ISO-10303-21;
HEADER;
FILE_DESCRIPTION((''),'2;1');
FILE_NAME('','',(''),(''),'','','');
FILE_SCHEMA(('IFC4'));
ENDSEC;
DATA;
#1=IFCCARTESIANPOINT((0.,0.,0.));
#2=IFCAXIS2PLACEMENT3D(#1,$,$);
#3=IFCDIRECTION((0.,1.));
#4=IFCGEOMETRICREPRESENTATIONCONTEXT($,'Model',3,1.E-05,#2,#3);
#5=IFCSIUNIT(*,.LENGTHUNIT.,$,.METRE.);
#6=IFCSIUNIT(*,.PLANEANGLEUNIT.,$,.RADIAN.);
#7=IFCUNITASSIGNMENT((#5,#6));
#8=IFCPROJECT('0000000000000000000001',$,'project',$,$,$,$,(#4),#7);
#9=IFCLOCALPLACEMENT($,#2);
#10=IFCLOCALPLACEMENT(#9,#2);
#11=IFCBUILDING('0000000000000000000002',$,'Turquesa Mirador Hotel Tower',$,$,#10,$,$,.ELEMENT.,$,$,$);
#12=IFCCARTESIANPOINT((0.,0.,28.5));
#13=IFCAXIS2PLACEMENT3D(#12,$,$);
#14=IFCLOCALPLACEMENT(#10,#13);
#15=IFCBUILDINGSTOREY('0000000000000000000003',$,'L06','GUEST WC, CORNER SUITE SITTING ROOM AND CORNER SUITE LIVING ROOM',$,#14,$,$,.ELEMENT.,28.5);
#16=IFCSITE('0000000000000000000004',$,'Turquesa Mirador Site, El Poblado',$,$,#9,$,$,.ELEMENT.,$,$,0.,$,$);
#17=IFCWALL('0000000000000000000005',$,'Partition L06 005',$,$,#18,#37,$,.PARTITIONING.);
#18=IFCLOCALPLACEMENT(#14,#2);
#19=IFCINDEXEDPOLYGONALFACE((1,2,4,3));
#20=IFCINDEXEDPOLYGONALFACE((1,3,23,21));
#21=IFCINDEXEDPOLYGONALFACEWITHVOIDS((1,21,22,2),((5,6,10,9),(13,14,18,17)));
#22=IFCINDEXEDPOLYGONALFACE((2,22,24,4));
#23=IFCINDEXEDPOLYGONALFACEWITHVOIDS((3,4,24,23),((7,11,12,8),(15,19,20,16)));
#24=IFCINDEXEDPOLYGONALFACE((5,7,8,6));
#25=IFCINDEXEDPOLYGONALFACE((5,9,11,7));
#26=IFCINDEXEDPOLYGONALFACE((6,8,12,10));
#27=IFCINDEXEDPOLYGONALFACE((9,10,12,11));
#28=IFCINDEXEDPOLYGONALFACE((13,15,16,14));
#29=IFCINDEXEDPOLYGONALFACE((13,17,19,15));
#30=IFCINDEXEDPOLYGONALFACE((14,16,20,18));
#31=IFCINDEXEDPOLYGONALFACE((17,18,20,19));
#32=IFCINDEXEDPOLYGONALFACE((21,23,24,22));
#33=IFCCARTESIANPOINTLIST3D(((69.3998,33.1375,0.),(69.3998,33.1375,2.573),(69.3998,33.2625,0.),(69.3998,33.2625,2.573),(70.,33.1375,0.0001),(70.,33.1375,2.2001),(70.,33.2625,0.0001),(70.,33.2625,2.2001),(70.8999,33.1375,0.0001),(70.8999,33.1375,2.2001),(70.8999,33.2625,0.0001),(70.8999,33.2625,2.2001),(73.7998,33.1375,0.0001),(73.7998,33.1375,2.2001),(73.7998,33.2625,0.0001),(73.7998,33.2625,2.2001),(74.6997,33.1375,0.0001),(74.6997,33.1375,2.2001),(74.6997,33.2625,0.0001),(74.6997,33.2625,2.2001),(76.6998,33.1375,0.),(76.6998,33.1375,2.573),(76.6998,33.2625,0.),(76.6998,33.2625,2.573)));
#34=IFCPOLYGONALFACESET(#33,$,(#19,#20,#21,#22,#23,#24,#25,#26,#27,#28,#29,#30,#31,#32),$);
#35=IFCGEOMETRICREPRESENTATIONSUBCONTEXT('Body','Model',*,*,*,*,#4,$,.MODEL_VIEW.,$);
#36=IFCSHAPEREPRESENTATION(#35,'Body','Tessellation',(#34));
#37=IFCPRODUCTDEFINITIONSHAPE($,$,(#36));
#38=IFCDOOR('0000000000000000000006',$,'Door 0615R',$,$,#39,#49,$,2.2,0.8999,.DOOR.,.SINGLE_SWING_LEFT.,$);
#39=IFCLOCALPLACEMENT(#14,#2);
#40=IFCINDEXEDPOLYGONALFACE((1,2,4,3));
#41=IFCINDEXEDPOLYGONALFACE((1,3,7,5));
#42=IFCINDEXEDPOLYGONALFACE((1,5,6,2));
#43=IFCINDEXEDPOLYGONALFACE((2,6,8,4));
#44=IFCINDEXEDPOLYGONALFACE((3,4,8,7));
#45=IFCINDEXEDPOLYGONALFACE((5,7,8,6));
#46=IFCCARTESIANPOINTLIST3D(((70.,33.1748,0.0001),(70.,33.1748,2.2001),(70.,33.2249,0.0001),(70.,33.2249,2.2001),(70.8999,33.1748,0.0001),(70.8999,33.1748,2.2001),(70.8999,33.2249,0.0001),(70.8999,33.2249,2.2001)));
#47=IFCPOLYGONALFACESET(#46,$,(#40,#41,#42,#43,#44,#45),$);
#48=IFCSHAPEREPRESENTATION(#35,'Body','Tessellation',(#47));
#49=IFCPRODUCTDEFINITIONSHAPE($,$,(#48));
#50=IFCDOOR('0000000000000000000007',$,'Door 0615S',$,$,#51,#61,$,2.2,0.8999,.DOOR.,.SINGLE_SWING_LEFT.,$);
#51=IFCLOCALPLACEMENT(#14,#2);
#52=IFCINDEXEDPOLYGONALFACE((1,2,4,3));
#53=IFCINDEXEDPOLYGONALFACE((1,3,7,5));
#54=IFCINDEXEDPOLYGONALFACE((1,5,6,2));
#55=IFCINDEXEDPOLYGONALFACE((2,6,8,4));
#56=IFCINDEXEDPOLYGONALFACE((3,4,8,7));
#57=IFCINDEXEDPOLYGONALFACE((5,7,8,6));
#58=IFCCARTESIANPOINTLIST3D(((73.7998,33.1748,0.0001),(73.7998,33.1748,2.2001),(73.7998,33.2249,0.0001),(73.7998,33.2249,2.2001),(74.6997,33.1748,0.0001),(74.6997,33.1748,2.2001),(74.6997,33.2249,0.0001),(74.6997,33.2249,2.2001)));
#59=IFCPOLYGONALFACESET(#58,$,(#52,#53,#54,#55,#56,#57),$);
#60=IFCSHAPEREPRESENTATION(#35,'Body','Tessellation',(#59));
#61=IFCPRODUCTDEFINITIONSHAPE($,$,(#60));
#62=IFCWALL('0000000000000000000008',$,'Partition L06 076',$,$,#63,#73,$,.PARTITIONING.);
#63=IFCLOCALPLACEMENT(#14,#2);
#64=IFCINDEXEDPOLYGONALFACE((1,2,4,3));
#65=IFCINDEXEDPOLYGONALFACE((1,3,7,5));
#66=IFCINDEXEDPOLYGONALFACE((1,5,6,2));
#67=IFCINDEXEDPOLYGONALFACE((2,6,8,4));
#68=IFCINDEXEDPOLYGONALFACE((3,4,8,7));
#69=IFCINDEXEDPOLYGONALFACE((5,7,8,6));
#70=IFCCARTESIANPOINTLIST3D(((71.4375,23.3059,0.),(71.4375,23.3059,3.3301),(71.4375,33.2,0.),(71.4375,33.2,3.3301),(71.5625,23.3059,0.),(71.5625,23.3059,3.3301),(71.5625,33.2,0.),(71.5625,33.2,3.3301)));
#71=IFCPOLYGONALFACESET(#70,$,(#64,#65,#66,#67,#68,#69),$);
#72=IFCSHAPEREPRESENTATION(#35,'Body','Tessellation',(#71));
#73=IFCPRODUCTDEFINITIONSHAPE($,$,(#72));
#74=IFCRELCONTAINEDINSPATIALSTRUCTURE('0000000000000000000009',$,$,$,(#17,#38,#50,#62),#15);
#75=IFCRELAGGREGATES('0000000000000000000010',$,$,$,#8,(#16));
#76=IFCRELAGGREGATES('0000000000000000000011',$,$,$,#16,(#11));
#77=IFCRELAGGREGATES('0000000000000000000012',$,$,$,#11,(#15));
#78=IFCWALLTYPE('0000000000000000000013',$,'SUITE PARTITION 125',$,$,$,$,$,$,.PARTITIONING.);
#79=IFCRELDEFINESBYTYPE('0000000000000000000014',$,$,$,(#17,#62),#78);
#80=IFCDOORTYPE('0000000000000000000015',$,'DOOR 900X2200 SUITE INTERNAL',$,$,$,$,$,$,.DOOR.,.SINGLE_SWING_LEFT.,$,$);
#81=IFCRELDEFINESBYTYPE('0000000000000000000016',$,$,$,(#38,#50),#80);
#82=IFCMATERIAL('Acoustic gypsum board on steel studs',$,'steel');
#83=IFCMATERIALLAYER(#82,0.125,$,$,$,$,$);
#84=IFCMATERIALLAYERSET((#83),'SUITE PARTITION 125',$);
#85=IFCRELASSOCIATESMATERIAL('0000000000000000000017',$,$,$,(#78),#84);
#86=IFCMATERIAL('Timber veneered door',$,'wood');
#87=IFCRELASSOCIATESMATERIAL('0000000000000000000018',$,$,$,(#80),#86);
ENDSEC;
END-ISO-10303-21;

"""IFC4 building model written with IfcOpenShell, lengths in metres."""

from ifc_helpers import new_model, si_unit, direction, frame, frame_2d, origin, place, context, subcontext, project, spatial, rectangle, extrude, material, layer, layer_set, type_object, element, fill, save


model = new_model("IFC4")

# Units and contexts
model_context = context("Model", 3, precision=1e-05, world=origin(), true_north=direction((0.0, 1.0)))
body_context = subcontext(model_context, "Body", "Model", "MODEL_VIEW")
ifc_project = project(units=[si_unit("LENGTHUNIT", "METRE"), si_unit("PLANEANGLEUNIT", "RADIAN")], contexts=[model_context])

# Site, building, storey
site_placement = place(None, origin())
site = spatial("IfcSite", under=ifc_project, at=site_placement, Name="Turquesa Mirador Site, El Poblado", CompositionType="ELEMENT", RefElevation=0.0)
building_placement = place(site_placement, origin())
building = spatial("IfcBuilding", under=site, at=building_placement, Name="Turquesa Mirador Hotel Tower", CompositionType="ELEMENT")
storey_placement = place(building_placement, frame((0.0, 0.0, 28.5)))
storey = spatial("IfcBuildingStorey", under=building, at=storey_placement, Name="L06", Description="GUEST WC, CORNER SUITE SITTING ROOM AND CORNER SUITE LIVING ROOM", CompositionType="ELEMENT", Elevation=28.5)

# Wall, openings, doors
ifc_material_1 = material(Name="Acoustic gypsum board on steel studs", Category="steel")
ifc_layer_1 = layer(ifc_material_1, 0.125)
ifc_layer_set_1 = layer_set([ifc_layer_1], Name="SUITE PARTITION 125")
wall_type_1 = type_object("IfcWallType", Name="SUITE PARTITION 125", PredefinedType="PARTITIONING", material=ifc_layer_set_1)
wall_1_placement = place(storey_placement, frame((69.3999, 33.2, 0.0), z_axis=(0.0, 0.0, 1.0), x_axis=(1.0, 0.0, 0.0)))
wall_1 = element("IfcWall", 1, at=wall_1_placement, inside=storey, type_object=wall_type_1, Name="Partition L06 005", PredefinedType="PARTITIONING", context=body_context, shape_type="SweptSolid", body=[
    extrude(rectangle(XDim=7.3, YDim=0.125, at=frame_2d((3.6499, 0.0))), origin(), (0.0, 0.0, 1.0), 2.573),
])
opening_1_placement = place(wall_1_placement, frame((0.6001, 0.0, 0.0)))
opening_1 = element("IfcOpeningElement", 2, at=opening_1_placement, cuts=wall_1, PredefinedType="OPENING", context=body_context, shape_type="SweptSolid", body=[
    extrude(rectangle(XDim=0.8999, YDim=2.2, at=frame_2d((0.45, 1.1001))), frame((0.0, 0.0725, 0.0), z_axis=(0.0, -1.0, 0.0), x_axis=(1.0, 0.0, 0.0)), (0.0, 0.0, 1.0), 0.145),
])
opening_2_placement = place(wall_1_placement, frame((4.3999, 0.0, 0.0)))
opening_2 = element("IfcOpeningElement", 3, at=opening_2_placement, cuts=wall_1, PredefinedType="OPENING", context=body_context, shape_type="SweptSolid", body=[
    extrude(rectangle(XDim=0.8999, YDim=2.2, at=frame_2d((0.45, 1.1001))), frame((0.0, 0.0725, 0.0), z_axis=(0.0, -1.0, 0.0), x_axis=(1.0, 0.0, 0.0)), (0.0, 0.0, 1.0), 0.145),
])
ifc_material_2 = material(Name="Timber veneered door", Category="wood")
door_type_1 = type_object("IfcDoorType", Name="DOOR 900X2200 SUITE INTERNAL", OperationType="SINGLE_SWING_LEFT", PredefinedType="DOOR", material=ifc_material_2)
door_1_placement = place(opening_1_placement, origin())
door_1 = element("IfcDoor", 4, at=door_1_placement, inside=storey, type_object=door_type_1, Name="Door 0615R", OperationType="SINGLE_SWING_LEFT", OverallHeight=2.2, OverallWidth=0.8999, PredefinedType="DOOR", context=body_context, shape_type="SweptSolid", body=[
    extrude(rectangle(XDim=0.8999, YDim=2.2, at=frame_2d((0.45, 1.1001))), frame((0.0, 0.0249, 0.0), z_axis=(0.0, -1.0, 0.0), x_axis=(1.0, 0.0, 0.0)), (0.0, 0.0, 1.0), 0.05),
])
fill(opening_1, door_1)
door_2_placement = place(opening_2_placement, origin())
door_2 = element("IfcDoor", 5, at=door_2_placement, inside=storey, type_object=door_type_1, Name="Door 0615S", OperationType="SINGLE_SWING_LEFT", OverallHeight=2.2, OverallWidth=0.8999, PredefinedType="DOOR", context=body_context, shape_type="SweptSolid", body=[
    extrude(rectangle(XDim=0.8999, YDim=2.2, at=frame_2d((0.45, 1.1001))), frame((0.0, 0.0249, 0.0), z_axis=(0.0, -1.0, 0.0), x_axis=(1.0, 0.0, 0.0)), (0.0, 0.0, 1.0), 0.05),
])
fill(opening_2, door_2)

# Wall
wall_2_placement = place(storey_placement, frame((71.5, 23.3059, 0.0), z_axis=(0.0, 0.0, 1.0), x_axis=(0.0, 1.0, 0.0)))
element("IfcWall", 6, at=wall_2_placement, inside=storey, type_object=wall_type_1, Name="Partition L06 076", PredefinedType="PARTITIONING", context=body_context, shape_type="SweptSolid", body=[
    extrude(rectangle(XDim=9.894, YDim=0.125, at=frame_2d((4.947, 0.0))), origin(), (0.0, 0.0, 1.0), 3.3301),
])

save(model, "model.ifc")
